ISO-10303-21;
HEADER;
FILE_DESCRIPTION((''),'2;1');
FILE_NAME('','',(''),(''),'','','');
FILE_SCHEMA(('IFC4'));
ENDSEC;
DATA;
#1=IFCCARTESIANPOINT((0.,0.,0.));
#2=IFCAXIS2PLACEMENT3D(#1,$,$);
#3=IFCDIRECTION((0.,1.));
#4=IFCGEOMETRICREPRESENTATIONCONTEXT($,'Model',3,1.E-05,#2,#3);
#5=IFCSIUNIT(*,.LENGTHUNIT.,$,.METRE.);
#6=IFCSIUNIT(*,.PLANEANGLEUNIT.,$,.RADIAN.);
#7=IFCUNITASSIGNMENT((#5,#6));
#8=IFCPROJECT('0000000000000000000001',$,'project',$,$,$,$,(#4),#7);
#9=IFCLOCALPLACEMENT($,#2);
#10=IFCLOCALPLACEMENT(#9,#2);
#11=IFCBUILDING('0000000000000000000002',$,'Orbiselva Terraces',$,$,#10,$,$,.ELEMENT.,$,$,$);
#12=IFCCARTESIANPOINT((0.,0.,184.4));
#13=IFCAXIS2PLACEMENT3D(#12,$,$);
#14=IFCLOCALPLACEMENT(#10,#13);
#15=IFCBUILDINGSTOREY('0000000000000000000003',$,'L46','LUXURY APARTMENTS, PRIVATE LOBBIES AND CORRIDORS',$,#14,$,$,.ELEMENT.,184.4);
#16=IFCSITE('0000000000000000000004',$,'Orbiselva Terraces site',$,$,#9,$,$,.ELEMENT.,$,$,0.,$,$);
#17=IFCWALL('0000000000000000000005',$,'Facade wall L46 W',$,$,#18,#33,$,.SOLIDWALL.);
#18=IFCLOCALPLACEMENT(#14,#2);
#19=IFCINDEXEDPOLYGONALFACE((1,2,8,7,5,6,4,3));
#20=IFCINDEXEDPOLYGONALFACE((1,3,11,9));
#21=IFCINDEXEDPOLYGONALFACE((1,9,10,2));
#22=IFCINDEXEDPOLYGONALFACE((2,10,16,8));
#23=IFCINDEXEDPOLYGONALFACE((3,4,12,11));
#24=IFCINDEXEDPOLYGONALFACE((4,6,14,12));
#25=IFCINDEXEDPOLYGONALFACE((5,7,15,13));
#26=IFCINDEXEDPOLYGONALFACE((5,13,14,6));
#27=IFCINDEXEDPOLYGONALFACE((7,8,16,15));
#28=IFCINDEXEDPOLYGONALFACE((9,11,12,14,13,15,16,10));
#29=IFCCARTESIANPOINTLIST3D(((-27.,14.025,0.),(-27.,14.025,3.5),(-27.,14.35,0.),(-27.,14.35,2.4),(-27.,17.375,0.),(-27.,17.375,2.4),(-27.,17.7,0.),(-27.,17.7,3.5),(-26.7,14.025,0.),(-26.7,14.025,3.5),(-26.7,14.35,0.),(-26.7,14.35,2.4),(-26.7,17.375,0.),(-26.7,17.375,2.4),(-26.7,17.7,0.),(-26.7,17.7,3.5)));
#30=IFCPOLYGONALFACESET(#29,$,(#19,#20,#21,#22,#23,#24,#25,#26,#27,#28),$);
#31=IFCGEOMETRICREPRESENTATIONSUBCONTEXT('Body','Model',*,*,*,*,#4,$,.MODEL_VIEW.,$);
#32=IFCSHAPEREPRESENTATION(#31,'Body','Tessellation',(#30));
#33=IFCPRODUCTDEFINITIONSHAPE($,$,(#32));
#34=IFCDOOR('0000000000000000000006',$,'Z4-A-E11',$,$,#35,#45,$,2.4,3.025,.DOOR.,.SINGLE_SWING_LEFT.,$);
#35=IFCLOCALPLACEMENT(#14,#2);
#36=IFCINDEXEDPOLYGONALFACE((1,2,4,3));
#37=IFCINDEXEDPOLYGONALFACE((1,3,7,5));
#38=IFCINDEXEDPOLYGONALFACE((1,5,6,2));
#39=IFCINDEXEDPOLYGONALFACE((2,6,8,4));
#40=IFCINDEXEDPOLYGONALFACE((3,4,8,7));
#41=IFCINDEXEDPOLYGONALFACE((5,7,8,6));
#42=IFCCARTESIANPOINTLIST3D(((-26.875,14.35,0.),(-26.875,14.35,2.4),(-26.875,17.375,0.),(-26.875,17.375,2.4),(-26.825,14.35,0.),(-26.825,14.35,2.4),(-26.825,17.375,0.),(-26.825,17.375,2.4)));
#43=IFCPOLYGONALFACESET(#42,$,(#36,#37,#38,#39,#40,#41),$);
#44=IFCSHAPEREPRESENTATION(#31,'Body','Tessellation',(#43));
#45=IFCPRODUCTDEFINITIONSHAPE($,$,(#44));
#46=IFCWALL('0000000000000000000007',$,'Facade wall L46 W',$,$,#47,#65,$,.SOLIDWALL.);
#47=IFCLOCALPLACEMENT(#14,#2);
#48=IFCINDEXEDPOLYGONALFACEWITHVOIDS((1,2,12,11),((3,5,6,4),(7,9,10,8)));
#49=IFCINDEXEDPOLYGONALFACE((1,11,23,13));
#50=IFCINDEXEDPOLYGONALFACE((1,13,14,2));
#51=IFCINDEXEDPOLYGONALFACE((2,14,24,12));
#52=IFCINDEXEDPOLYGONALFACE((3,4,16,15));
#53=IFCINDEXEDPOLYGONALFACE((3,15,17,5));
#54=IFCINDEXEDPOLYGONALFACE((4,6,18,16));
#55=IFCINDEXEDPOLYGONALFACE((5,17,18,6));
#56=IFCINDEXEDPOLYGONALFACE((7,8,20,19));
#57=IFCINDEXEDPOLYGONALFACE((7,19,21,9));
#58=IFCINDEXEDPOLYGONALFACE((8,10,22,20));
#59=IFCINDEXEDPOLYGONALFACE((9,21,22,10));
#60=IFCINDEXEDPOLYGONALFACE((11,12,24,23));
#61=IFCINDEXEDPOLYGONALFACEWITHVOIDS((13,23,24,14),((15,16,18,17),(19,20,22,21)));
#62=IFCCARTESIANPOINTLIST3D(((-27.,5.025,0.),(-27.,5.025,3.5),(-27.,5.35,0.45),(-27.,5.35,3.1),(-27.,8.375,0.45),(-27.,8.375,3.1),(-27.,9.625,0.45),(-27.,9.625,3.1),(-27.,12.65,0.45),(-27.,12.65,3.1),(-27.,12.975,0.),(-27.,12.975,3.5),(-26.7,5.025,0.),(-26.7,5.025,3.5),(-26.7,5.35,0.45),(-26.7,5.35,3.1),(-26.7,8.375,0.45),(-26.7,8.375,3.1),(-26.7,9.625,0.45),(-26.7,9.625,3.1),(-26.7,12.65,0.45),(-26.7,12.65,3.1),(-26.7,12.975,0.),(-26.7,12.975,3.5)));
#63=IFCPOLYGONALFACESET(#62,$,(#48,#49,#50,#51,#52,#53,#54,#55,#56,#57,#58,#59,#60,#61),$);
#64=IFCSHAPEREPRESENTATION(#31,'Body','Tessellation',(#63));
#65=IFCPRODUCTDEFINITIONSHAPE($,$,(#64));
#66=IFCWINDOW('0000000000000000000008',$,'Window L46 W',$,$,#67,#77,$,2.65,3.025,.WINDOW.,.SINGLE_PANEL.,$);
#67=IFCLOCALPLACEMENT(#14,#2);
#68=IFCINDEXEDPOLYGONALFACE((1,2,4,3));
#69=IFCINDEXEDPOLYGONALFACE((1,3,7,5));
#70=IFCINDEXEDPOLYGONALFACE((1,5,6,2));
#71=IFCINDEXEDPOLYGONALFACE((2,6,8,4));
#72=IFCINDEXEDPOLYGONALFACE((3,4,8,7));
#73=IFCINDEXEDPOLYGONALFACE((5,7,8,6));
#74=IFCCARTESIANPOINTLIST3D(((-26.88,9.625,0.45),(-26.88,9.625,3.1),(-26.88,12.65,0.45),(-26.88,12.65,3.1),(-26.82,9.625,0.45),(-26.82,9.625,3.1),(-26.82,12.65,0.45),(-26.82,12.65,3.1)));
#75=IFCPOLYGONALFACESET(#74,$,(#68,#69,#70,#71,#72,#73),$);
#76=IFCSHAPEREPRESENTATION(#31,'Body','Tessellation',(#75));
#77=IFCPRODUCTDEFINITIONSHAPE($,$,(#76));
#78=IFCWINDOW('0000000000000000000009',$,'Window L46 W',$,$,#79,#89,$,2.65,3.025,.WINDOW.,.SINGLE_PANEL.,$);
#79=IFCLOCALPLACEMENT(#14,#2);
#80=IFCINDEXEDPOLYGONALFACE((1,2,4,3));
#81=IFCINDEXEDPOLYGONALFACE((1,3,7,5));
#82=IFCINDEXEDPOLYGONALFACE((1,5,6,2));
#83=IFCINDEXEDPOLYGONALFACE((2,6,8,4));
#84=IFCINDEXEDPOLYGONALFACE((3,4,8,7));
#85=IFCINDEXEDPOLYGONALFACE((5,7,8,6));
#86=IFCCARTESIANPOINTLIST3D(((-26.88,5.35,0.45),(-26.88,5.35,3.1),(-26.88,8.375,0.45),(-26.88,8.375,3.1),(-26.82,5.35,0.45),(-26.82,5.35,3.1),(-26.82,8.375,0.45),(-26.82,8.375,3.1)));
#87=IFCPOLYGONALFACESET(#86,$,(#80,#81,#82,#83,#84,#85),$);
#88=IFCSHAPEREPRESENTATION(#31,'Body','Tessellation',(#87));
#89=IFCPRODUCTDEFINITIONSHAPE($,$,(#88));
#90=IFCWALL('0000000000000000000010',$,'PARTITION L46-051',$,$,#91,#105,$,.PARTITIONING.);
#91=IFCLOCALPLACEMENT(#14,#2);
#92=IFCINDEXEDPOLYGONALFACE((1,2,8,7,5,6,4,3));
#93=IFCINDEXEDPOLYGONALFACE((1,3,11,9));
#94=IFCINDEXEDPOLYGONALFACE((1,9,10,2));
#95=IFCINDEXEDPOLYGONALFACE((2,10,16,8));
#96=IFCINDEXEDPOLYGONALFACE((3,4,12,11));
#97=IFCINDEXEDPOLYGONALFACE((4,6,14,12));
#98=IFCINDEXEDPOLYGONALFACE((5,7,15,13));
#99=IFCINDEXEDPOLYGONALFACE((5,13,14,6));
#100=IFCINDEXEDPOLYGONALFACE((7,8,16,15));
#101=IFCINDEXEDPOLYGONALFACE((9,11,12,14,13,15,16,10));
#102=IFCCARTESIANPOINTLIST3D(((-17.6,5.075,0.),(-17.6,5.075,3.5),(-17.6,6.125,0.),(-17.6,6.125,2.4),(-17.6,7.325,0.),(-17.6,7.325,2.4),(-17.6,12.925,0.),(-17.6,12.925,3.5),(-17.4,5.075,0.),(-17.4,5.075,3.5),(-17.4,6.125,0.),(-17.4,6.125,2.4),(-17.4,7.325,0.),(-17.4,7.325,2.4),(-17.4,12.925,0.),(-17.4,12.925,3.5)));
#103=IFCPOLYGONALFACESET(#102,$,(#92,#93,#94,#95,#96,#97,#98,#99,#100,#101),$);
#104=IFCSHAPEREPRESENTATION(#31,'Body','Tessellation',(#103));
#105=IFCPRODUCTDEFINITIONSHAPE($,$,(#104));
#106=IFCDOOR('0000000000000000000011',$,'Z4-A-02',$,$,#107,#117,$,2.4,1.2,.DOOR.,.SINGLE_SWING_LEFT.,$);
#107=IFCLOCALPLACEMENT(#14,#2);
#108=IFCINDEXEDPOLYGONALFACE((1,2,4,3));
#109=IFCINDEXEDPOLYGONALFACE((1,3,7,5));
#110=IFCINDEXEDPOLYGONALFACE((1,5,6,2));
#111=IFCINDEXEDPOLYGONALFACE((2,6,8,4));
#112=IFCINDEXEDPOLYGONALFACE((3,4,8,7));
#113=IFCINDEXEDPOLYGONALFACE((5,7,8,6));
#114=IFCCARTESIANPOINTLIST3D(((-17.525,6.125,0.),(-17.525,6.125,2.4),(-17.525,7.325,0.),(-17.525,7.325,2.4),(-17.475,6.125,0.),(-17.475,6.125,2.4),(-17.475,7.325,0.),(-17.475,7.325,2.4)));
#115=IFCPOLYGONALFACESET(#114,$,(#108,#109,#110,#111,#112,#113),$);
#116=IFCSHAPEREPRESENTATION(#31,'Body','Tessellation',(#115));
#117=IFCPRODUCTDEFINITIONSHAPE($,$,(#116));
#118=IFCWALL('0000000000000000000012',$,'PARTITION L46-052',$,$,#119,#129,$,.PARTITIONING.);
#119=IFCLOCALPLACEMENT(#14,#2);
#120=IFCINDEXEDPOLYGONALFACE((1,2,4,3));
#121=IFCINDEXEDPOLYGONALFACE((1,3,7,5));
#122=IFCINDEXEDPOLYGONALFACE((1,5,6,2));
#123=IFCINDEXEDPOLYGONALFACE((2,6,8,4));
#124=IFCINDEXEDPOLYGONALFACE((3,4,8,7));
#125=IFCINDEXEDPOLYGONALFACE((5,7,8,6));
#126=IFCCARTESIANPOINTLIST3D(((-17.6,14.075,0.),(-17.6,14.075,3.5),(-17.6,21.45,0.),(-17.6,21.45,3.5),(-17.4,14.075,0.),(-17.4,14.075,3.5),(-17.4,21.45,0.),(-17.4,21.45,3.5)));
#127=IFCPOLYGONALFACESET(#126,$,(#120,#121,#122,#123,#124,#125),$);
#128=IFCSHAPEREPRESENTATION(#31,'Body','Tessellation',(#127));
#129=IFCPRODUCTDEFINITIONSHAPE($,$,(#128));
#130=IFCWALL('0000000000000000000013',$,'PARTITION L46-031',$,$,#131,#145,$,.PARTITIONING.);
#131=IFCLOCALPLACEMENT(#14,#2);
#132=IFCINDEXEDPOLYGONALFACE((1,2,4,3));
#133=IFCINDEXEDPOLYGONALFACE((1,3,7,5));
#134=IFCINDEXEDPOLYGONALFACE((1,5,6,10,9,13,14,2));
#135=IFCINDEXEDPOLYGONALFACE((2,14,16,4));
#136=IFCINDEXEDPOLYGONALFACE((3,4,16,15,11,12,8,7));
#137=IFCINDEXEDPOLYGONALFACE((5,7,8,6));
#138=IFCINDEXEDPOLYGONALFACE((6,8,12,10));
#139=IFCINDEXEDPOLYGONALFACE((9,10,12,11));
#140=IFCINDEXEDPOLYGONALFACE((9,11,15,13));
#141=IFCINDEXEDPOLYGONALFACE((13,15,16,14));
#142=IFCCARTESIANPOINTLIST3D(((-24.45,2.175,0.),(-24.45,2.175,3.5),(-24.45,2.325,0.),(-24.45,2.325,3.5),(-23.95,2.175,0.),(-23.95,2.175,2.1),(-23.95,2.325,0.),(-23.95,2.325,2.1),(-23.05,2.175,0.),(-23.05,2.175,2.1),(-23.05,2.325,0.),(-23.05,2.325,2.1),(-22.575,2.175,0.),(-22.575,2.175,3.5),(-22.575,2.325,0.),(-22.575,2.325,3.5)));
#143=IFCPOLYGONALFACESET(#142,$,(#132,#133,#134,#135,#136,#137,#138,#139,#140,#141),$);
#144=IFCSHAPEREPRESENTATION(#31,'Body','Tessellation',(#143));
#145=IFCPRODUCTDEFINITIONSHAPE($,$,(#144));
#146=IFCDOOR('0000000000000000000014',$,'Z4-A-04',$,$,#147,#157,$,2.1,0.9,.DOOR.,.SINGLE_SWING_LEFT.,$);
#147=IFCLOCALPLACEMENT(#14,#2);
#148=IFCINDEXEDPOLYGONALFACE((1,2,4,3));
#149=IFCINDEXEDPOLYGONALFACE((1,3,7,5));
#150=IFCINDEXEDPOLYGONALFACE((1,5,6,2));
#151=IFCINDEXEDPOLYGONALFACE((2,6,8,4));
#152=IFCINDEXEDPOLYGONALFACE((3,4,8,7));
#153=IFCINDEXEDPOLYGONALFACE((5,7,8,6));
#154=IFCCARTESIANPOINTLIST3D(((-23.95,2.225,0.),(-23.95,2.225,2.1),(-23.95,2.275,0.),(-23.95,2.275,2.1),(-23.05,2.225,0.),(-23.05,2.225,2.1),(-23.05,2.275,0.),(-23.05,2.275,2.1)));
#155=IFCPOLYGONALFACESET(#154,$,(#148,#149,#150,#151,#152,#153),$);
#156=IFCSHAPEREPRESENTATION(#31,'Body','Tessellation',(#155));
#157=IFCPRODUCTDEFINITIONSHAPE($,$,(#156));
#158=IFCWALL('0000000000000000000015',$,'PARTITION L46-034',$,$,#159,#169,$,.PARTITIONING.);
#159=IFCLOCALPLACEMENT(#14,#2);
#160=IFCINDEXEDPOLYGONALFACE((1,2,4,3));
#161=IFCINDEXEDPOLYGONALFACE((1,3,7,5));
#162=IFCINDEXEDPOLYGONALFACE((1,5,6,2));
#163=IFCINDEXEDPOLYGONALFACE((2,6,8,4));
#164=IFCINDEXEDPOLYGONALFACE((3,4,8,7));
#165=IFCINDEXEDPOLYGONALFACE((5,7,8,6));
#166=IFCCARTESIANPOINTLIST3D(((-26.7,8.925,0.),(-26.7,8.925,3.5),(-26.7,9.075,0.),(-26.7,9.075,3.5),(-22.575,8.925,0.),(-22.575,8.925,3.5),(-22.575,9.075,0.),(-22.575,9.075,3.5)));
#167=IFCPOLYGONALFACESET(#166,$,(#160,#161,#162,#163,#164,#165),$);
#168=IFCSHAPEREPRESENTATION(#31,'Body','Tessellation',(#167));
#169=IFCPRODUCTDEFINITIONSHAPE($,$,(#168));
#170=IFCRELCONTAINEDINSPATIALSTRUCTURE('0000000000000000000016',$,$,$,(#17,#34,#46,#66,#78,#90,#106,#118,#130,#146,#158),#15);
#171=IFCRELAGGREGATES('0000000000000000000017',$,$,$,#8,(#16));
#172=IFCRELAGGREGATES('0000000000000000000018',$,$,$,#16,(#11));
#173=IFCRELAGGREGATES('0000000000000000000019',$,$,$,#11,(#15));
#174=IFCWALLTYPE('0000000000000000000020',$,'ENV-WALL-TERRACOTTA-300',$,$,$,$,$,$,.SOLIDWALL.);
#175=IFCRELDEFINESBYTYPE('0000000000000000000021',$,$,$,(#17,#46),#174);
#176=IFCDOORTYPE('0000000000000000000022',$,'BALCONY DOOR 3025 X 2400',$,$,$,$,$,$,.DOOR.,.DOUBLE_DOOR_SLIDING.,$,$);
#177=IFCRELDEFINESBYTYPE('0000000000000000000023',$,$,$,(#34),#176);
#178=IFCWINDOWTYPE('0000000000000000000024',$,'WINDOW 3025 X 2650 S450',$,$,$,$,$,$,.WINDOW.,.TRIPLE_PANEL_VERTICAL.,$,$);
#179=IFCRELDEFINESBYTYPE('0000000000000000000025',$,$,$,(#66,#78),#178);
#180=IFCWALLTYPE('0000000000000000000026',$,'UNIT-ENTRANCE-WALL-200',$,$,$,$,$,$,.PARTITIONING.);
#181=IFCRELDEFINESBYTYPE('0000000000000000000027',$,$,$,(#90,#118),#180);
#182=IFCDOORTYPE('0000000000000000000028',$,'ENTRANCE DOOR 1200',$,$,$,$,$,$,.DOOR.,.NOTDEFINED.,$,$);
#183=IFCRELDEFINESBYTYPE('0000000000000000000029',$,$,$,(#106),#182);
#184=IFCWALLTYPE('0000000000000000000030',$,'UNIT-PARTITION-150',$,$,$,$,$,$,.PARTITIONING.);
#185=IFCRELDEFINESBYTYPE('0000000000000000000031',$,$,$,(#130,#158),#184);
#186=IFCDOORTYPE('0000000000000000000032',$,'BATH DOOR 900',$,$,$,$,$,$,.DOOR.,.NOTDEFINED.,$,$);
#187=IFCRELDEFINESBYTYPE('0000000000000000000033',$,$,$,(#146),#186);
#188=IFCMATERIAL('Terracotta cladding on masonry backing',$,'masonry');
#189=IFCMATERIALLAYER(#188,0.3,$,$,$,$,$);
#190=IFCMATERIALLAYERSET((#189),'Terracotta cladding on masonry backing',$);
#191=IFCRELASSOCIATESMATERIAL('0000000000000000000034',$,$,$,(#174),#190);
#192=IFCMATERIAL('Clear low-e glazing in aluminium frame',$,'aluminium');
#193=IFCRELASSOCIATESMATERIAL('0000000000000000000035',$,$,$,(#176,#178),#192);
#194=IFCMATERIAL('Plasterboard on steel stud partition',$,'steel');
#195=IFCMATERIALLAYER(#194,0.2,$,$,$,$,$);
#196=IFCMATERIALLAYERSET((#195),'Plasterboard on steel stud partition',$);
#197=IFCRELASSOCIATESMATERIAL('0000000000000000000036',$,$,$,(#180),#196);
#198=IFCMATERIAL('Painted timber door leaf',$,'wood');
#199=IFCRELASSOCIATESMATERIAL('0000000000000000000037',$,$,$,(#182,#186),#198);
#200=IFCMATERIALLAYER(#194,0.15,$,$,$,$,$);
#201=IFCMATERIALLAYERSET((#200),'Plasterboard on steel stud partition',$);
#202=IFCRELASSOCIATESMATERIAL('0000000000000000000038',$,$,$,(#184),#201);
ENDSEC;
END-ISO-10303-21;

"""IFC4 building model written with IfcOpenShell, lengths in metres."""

from ifc_helpers import new_model, si_unit, direction, frame, frame_2d, origin, place, context, subcontext, project, spatial, rectangle, extrude, material, layer, layer_set, type_object, element, fill, save


model = new_model("IFC4")

# Units and contexts
model_context = context("Model", 3, precision=1e-05, world=origin(), true_north=direction((0.0, 1.0)))
body_context = subcontext(model_context, "Body", "Model", "MODEL_VIEW")
ifc_project = project(units=[si_unit("LENGTHUNIT", "METRE"), si_unit("PLANEANGLEUNIT", "RADIAN")], contexts=[model_context])

# Site, building, storey
site_placement = place(None, origin())
site = spatial("IfcSite", under=ifc_project, at=site_placement, Name="Orbiselva Terraces site", CompositionType="ELEMENT", RefElevation=0.0)
building_placement = place(site_placement, origin())
building = spatial("IfcBuilding", under=site, at=building_placement, Name="Orbiselva Terraces", CompositionType="ELEMENT")
storey_placement = place(building_placement, frame((0.0, 0.0, 184.4)))
storey = spatial("IfcBuildingStorey", under=building, at=storey_placement, Name="L46", Description="LUXURY APARTMENTS, PRIVATE LOBBIES AND CORRIDORS", CompositionType="ELEMENT", Elevation=184.4)

# Wall, opening, door
ifc_material_1 = material(Name="Terracotta cladding on masonry backing", Category="masonry")
ifc_layer_1 = layer(ifc_material_1, 0.3)
ifc_layer_set_1 = layer_set([ifc_layer_1], Name="Terracotta cladding on masonry backing")
wall_type_1 = type_object("IfcWallType", Name="ENV-WALL-TERRACOTTA-300", PredefinedType="SOLIDWALL", material=ifc_layer_set_1)
wall_1_placement = place(storey_placement, frame((-26.85, 14.025, 0.0), z_axis=(0.0, 0.0, 1.0), x_axis=(0.0, 1.0, 0.0)))
wall_1 = element("IfcWall", 1, at=wall_1_placement, inside=storey, type_object=wall_type_1, Name="Facade wall L46 W", PredefinedType="SOLIDWALL", context=body_context, shape_type="SweptSolid", body=[
    extrude(rectangle(XDim=3.675, YDim=0.3, at=frame_2d((1.8375, 0.0))), origin(), (0.0, 0.0, 1.0), 3.5),
])
opening_1_placement = place(wall_1_placement, frame((0.325, 0.0, 0.0)))
opening_1 = element("IfcOpeningElement", 2, at=opening_1_placement, cuts=wall_1, PredefinedType="OPENING", context=body_context, shape_type="SweptSolid", body=[
    extrude(rectangle(XDim=3.025, YDim=2.4, at=frame_2d((1.5125, 1.2))), frame((0.0, 0.16, 0.0), z_axis=(0.0, -1.0, 0.0), x_axis=(1.0, 0.0, 0.0)), (0.0, 0.0, 1.0), 0.32),
])
ifc_material_2 = material(Name="Clear low-e glazing in aluminium frame", Category="aluminium")
door_type_1 = type_object("IfcDoorType", Name="BALCONY DOOR 3025 X 2400", OperationType="DOUBLE_DOOR_SLIDING", PredefinedType="DOOR", material=ifc_material_2)
door_1_placement = place(opening_1_placement, origin())
door_1 = element("IfcDoor", 3, at=door_1_placement, inside=storey, type_object=door_type_1, Name="Z4-A-E11", OperationType="SINGLE_SWING_LEFT", OverallHeight=2.4, OverallWidth=3.025, PredefinedType="DOOR", context=body_context, shape_type="SweptSolid", body=[
    extrude(rectangle(XDim=3.025, YDim=2.4, at=frame_2d((1.5125, 1.2))), frame((0.0, 0.025, 0.0), z_axis=(0.0, -1.0, 0.0), x_axis=(1.0, 0.0, 0.0)), (0.0, 0.0, 1.0), 0.05),
])
fill(opening_1, door_1)

# Wall, openings, windows
wall_2_placement = place(storey_placement, frame((-26.85, 5.025, 0.0), z_axis=(0.0, 0.0, 1.0), x_axis=(0.0, 1.0, 0.0)))
wall_2 = element("IfcWall", 4, at=wall_2_placement, inside=storey, type_object=wall_type_1, Name="Facade wall L46 W", PredefinedType="SOLIDWALL", context=body_context, shape_type="SweptSolid", body=[
    extrude(rectangle(XDim=7.95, YDim=0.3, at=frame_2d((3.975, 0.0))), origin(), (0.0, 0.0, 1.0), 3.5),
])
opening_2_placement = place(wall_2_placement, frame((4.6, 0.0, 0.45)))
opening_2 = element("IfcOpeningElement", 5, at=opening_2_placement, cuts=wall_2, PredefinedType="OPENING", context=body_context, shape_type="SweptSolid", body=[
    extrude(rectangle(XDim=3.025, YDim=2.65, at=frame_2d((1.5125, 1.325))), frame((0.0, 0.16, 0.0), z_axis=(0.0, -1.0, 0.0), x_axis=(1.0, 0.0, 0.0)), (0.0, 0.0, 1.0), 0.32),
])
opening_3_placement = place(wall_2_placement, frame((0.325, 0.0, 0.45)))
opening_3 = element("IfcOpeningElement", 6, at=opening_3_placement, cuts=wall_2, PredefinedType="OPENING", context=body_context, shape_type="SweptSolid", body=[
    extrude(rectangle(XDim=3.025, YDim=2.65, at=frame_2d((1.5125, 1.325))), frame((0.0, 0.16, 0.0), z_axis=(0.0, -1.0, 0.0), x_axis=(1.0, 0.0, 0.0)), (0.0, 0.0, 1.0), 0.32),
])
window_type = type_object("IfcWindowType", Name="WINDOW 3025 X 2650 S450", PartitioningType="TRIPLE_PANEL_VERTICAL", PredefinedType="WINDOW", material=ifc_material_2)
window_1_placement = place(opening_2_placement, origin())
window_1 = element("IfcWindow", 7, at=window_1_placement, inside=storey, type_object=window_type, Name="Window L46 W", OverallHeight=2.65, OverallWidth=3.025, PartitioningType="SINGLE_PANEL", PredefinedType="WINDOW", context=body_context, shape_type="SweptSolid", body=[
    extrude(rectangle(XDim=3.025, YDim=2.65, at=frame_2d((1.5125, 1.325))), frame((0.0, 0.03, 0.0), z_axis=(0.0, -1.0, 0.0), x_axis=(1.0, 0.0, 0.0)), (0.0, 0.0, 1.0), 0.06),
])
fill(opening_2, window_1)
window_2_placement = place(opening_3_placement, origin())
window_2 = element("IfcWindow", 8, at=window_2_placement, inside=storey, type_object=window_type, Name="Window L46 W", OverallHeight=2.65, OverallWidth=3.025, PartitioningType="SINGLE_PANEL", PredefinedType="WINDOW", context=body_context, shape_type="SweptSolid", body=[
    extrude(rectangle(XDim=3.025, YDim=2.65, at=frame_2d((1.5125, 1.325))), frame((0.0, 0.03, 0.0), z_axis=(0.0, -1.0, 0.0), x_axis=(1.0, 0.0, 0.0)), (0.0, 0.0, 1.0), 0.06),
])
fill(opening_3, window_2)

# Wall, opening, door
ifc_material_3 = material(Name="Plasterboard on steel stud partition", Category="steel")
ifc_layer_2 = layer(ifc_material_3, 0.2)
ifc_layer_set_2 = layer_set([ifc_layer_2], Name="Plasterboard on steel stud partition")
wall_type_2 = type_object("IfcWallType", Name="UNIT-ENTRANCE-WALL-200", PredefinedType="PARTITIONING", material=ifc_layer_set_2)
wall_3_placement = place(storey_placement, frame((-17.5, 5.075, 0.0), z_axis=(0.0, 0.0, 1.0), x_axis=(0.0, 1.0, 0.0)))
wall_3 = element("IfcWall", 9, at=wall_3_placement, inside=storey, type_object=wall_type_2, Name="PARTITION L46-051", PredefinedType="PARTITIONING", context=body_context, shape_type="SweptSolid", body=[
    extrude(rectangle(XDim=7.85, YDim=0.2, at=frame_2d((3.925, 0.0))), origin(), (0.0, 0.0, 1.0), 3.5),
])
opening_4_placement = place(wall_3_placement, frame((1.05, 0.0, 0.0)))
opening_4 = element("IfcOpeningElement", 10, at=opening_4_placement, cuts=wall_3, PredefinedType="OPENING", context=body_context, shape_type="SweptSolid", body=[
    extrude(rectangle(XDim=1.2, YDim=2.4, at=frame_2d((0.6, 1.2))), frame((0.0, 0.11, 0.0), z_axis=(0.0, -1.0, 0.0), x_axis=(1.0, 0.0, 0.0)), (0.0, 0.0, 1.0), 0.22),
])
ifc_material_4 = material(Name="Painted timber door leaf", Category="wood")
door_type_2 = type_object("IfcDoorType", Name="ENTRANCE DOOR 1200", OperationType="NOTDEFINED", PredefinedType="DOOR", material=ifc_material_4)
door_2_placement = place(opening_4_placement, origin())
door_2 = element("IfcDoor", 11, at=door_2_placement, inside=storey, type_object=door_type_2, Name="Z4-A-02", OperationType="SINGLE_SWING_LEFT", OverallHeight=2.4, OverallWidth=1.2, PredefinedType="DOOR", context=body_context, shape_type="SweptSolid", body=[
    extrude(rectangle(XDim=1.2, YDim=2.4, at=frame_2d((0.6, 1.2))), frame((0.0, 0.025, 0.0), z_axis=(0.0, -1.0, 0.0), x_axis=(1.0, 0.0, 0.0)), (0.0, 0.0, 1.0), 0.05),
])
fill(opening_4, door_2)

# Wall
wall_4_placement = place(storey_placement, frame((-17.5, 14.075, 0.0), z_axis=(0.0, 0.0, 1.0), x_axis=(0.0, 1.0, 0.0)))
element("IfcWall", 12, at=wall_4_placement, inside=storey, type_object=wall_type_2, Name="PARTITION L46-052", PredefinedType="PARTITIONING", context=body_context, shape_type="SweptSolid", body=[
    extrude(rectangle(XDim=7.375, YDim=0.2, at=frame_2d((3.6875, 0.0))), origin(), (0.0, 0.0, 1.0), 3.5),
])

# Wall, opening, door
ifc_layer_3 = layer(ifc_material_3, 0.15)
ifc_layer_set_3 = layer_set([ifc_layer_3], Name="Plasterboard on steel stud partition")
wall_type_3 = type_object("IfcWallType", Name="UNIT-PARTITION-150", PredefinedType="PARTITIONING", material=ifc_layer_set_3)
wall_5_placement = place(storey_placement, frame((-22.575, 2.25, 0.0), z_axis=(0.0, 0.0, 1.0), x_axis=(-1.0, 0.0, 0.0)))
wall_5 = element("IfcWall", 13, at=wall_5_placement, inside=storey, type_object=wall_type_3, Name="PARTITION L46-031", PredefinedType="PARTITIONING", context=body_context, shape_type="SweptSolid", body=[
    extrude(rectangle(XDim=1.875, YDim=0.15, at=frame_2d((0.9375, 0.0))), origin(), (0.0, 0.0, 1.0), 3.5),
])
opening_5_placement = place(wall_5_placement, frame((0.475, 0.0, 0.0)))
opening_5 = element("IfcOpeningElement", 14, at=opening_5_placement, cuts=wall_5, PredefinedType="OPENING", context=body_context, shape_type="SweptSolid", body=[
    extrude(rectangle(XDim=0.9, YDim=2.1, at=frame_2d((0.45, 1.05))), frame((0.0, 0.085, 0.0), z_axis=(0.0, -1.0, 0.0), x_axis=(1.0, 0.0, 0.0)), (0.0, 0.0, 1.0), 0.17),
])
door_type_3 = type_object("IfcDoorType", Name="BATH DOOR 900", OperationType="NOTDEFINED", PredefinedType="DOOR", material=ifc_material_4)
door_3_placement = place(opening_5_placement, origin())
door_3 = element("IfcDoor", 15, at=door_3_placement, inside=storey, type_object=door_type_3, Name="Z4-A-04", OperationType="SINGLE_SWING_LEFT", OverallHeight=2.1, OverallWidth=0.9, PredefinedType="DOOR", context=body_context, shape_type="SweptSolid", body=[
    extrude(rectangle(XDim=0.9, YDim=2.1, at=frame_2d((0.45, 1.05))), frame((0.0, 0.025, 0.0), z_axis=(0.0, -1.0, 0.0), x_axis=(1.0, 0.0, 0.0)), (0.0, 0.0, 1.0), 0.05),
])
fill(opening_5, door_3)

# Wall
wall_6_placement = place(storey_placement, frame((-26.7, 9.0, 0.0), z_axis=(0.0, 0.0, 1.0), x_axis=(1.0, 0.0, 0.0)))
element("IfcWall", 16, at=wall_6_placement, inside=storey, type_object=wall_type_3, Name="PARTITION L46-034", PredefinedType="PARTITIONING", context=body_context, shape_type="SweptSolid", body=[
    extrude(rectangle(XDim=4.125, YDim=0.15, at=frame_2d((2.0625, 0.0))), origin(), (0.0, 0.0, 1.0), 3.5),
])

save(model, "model.ifc")
